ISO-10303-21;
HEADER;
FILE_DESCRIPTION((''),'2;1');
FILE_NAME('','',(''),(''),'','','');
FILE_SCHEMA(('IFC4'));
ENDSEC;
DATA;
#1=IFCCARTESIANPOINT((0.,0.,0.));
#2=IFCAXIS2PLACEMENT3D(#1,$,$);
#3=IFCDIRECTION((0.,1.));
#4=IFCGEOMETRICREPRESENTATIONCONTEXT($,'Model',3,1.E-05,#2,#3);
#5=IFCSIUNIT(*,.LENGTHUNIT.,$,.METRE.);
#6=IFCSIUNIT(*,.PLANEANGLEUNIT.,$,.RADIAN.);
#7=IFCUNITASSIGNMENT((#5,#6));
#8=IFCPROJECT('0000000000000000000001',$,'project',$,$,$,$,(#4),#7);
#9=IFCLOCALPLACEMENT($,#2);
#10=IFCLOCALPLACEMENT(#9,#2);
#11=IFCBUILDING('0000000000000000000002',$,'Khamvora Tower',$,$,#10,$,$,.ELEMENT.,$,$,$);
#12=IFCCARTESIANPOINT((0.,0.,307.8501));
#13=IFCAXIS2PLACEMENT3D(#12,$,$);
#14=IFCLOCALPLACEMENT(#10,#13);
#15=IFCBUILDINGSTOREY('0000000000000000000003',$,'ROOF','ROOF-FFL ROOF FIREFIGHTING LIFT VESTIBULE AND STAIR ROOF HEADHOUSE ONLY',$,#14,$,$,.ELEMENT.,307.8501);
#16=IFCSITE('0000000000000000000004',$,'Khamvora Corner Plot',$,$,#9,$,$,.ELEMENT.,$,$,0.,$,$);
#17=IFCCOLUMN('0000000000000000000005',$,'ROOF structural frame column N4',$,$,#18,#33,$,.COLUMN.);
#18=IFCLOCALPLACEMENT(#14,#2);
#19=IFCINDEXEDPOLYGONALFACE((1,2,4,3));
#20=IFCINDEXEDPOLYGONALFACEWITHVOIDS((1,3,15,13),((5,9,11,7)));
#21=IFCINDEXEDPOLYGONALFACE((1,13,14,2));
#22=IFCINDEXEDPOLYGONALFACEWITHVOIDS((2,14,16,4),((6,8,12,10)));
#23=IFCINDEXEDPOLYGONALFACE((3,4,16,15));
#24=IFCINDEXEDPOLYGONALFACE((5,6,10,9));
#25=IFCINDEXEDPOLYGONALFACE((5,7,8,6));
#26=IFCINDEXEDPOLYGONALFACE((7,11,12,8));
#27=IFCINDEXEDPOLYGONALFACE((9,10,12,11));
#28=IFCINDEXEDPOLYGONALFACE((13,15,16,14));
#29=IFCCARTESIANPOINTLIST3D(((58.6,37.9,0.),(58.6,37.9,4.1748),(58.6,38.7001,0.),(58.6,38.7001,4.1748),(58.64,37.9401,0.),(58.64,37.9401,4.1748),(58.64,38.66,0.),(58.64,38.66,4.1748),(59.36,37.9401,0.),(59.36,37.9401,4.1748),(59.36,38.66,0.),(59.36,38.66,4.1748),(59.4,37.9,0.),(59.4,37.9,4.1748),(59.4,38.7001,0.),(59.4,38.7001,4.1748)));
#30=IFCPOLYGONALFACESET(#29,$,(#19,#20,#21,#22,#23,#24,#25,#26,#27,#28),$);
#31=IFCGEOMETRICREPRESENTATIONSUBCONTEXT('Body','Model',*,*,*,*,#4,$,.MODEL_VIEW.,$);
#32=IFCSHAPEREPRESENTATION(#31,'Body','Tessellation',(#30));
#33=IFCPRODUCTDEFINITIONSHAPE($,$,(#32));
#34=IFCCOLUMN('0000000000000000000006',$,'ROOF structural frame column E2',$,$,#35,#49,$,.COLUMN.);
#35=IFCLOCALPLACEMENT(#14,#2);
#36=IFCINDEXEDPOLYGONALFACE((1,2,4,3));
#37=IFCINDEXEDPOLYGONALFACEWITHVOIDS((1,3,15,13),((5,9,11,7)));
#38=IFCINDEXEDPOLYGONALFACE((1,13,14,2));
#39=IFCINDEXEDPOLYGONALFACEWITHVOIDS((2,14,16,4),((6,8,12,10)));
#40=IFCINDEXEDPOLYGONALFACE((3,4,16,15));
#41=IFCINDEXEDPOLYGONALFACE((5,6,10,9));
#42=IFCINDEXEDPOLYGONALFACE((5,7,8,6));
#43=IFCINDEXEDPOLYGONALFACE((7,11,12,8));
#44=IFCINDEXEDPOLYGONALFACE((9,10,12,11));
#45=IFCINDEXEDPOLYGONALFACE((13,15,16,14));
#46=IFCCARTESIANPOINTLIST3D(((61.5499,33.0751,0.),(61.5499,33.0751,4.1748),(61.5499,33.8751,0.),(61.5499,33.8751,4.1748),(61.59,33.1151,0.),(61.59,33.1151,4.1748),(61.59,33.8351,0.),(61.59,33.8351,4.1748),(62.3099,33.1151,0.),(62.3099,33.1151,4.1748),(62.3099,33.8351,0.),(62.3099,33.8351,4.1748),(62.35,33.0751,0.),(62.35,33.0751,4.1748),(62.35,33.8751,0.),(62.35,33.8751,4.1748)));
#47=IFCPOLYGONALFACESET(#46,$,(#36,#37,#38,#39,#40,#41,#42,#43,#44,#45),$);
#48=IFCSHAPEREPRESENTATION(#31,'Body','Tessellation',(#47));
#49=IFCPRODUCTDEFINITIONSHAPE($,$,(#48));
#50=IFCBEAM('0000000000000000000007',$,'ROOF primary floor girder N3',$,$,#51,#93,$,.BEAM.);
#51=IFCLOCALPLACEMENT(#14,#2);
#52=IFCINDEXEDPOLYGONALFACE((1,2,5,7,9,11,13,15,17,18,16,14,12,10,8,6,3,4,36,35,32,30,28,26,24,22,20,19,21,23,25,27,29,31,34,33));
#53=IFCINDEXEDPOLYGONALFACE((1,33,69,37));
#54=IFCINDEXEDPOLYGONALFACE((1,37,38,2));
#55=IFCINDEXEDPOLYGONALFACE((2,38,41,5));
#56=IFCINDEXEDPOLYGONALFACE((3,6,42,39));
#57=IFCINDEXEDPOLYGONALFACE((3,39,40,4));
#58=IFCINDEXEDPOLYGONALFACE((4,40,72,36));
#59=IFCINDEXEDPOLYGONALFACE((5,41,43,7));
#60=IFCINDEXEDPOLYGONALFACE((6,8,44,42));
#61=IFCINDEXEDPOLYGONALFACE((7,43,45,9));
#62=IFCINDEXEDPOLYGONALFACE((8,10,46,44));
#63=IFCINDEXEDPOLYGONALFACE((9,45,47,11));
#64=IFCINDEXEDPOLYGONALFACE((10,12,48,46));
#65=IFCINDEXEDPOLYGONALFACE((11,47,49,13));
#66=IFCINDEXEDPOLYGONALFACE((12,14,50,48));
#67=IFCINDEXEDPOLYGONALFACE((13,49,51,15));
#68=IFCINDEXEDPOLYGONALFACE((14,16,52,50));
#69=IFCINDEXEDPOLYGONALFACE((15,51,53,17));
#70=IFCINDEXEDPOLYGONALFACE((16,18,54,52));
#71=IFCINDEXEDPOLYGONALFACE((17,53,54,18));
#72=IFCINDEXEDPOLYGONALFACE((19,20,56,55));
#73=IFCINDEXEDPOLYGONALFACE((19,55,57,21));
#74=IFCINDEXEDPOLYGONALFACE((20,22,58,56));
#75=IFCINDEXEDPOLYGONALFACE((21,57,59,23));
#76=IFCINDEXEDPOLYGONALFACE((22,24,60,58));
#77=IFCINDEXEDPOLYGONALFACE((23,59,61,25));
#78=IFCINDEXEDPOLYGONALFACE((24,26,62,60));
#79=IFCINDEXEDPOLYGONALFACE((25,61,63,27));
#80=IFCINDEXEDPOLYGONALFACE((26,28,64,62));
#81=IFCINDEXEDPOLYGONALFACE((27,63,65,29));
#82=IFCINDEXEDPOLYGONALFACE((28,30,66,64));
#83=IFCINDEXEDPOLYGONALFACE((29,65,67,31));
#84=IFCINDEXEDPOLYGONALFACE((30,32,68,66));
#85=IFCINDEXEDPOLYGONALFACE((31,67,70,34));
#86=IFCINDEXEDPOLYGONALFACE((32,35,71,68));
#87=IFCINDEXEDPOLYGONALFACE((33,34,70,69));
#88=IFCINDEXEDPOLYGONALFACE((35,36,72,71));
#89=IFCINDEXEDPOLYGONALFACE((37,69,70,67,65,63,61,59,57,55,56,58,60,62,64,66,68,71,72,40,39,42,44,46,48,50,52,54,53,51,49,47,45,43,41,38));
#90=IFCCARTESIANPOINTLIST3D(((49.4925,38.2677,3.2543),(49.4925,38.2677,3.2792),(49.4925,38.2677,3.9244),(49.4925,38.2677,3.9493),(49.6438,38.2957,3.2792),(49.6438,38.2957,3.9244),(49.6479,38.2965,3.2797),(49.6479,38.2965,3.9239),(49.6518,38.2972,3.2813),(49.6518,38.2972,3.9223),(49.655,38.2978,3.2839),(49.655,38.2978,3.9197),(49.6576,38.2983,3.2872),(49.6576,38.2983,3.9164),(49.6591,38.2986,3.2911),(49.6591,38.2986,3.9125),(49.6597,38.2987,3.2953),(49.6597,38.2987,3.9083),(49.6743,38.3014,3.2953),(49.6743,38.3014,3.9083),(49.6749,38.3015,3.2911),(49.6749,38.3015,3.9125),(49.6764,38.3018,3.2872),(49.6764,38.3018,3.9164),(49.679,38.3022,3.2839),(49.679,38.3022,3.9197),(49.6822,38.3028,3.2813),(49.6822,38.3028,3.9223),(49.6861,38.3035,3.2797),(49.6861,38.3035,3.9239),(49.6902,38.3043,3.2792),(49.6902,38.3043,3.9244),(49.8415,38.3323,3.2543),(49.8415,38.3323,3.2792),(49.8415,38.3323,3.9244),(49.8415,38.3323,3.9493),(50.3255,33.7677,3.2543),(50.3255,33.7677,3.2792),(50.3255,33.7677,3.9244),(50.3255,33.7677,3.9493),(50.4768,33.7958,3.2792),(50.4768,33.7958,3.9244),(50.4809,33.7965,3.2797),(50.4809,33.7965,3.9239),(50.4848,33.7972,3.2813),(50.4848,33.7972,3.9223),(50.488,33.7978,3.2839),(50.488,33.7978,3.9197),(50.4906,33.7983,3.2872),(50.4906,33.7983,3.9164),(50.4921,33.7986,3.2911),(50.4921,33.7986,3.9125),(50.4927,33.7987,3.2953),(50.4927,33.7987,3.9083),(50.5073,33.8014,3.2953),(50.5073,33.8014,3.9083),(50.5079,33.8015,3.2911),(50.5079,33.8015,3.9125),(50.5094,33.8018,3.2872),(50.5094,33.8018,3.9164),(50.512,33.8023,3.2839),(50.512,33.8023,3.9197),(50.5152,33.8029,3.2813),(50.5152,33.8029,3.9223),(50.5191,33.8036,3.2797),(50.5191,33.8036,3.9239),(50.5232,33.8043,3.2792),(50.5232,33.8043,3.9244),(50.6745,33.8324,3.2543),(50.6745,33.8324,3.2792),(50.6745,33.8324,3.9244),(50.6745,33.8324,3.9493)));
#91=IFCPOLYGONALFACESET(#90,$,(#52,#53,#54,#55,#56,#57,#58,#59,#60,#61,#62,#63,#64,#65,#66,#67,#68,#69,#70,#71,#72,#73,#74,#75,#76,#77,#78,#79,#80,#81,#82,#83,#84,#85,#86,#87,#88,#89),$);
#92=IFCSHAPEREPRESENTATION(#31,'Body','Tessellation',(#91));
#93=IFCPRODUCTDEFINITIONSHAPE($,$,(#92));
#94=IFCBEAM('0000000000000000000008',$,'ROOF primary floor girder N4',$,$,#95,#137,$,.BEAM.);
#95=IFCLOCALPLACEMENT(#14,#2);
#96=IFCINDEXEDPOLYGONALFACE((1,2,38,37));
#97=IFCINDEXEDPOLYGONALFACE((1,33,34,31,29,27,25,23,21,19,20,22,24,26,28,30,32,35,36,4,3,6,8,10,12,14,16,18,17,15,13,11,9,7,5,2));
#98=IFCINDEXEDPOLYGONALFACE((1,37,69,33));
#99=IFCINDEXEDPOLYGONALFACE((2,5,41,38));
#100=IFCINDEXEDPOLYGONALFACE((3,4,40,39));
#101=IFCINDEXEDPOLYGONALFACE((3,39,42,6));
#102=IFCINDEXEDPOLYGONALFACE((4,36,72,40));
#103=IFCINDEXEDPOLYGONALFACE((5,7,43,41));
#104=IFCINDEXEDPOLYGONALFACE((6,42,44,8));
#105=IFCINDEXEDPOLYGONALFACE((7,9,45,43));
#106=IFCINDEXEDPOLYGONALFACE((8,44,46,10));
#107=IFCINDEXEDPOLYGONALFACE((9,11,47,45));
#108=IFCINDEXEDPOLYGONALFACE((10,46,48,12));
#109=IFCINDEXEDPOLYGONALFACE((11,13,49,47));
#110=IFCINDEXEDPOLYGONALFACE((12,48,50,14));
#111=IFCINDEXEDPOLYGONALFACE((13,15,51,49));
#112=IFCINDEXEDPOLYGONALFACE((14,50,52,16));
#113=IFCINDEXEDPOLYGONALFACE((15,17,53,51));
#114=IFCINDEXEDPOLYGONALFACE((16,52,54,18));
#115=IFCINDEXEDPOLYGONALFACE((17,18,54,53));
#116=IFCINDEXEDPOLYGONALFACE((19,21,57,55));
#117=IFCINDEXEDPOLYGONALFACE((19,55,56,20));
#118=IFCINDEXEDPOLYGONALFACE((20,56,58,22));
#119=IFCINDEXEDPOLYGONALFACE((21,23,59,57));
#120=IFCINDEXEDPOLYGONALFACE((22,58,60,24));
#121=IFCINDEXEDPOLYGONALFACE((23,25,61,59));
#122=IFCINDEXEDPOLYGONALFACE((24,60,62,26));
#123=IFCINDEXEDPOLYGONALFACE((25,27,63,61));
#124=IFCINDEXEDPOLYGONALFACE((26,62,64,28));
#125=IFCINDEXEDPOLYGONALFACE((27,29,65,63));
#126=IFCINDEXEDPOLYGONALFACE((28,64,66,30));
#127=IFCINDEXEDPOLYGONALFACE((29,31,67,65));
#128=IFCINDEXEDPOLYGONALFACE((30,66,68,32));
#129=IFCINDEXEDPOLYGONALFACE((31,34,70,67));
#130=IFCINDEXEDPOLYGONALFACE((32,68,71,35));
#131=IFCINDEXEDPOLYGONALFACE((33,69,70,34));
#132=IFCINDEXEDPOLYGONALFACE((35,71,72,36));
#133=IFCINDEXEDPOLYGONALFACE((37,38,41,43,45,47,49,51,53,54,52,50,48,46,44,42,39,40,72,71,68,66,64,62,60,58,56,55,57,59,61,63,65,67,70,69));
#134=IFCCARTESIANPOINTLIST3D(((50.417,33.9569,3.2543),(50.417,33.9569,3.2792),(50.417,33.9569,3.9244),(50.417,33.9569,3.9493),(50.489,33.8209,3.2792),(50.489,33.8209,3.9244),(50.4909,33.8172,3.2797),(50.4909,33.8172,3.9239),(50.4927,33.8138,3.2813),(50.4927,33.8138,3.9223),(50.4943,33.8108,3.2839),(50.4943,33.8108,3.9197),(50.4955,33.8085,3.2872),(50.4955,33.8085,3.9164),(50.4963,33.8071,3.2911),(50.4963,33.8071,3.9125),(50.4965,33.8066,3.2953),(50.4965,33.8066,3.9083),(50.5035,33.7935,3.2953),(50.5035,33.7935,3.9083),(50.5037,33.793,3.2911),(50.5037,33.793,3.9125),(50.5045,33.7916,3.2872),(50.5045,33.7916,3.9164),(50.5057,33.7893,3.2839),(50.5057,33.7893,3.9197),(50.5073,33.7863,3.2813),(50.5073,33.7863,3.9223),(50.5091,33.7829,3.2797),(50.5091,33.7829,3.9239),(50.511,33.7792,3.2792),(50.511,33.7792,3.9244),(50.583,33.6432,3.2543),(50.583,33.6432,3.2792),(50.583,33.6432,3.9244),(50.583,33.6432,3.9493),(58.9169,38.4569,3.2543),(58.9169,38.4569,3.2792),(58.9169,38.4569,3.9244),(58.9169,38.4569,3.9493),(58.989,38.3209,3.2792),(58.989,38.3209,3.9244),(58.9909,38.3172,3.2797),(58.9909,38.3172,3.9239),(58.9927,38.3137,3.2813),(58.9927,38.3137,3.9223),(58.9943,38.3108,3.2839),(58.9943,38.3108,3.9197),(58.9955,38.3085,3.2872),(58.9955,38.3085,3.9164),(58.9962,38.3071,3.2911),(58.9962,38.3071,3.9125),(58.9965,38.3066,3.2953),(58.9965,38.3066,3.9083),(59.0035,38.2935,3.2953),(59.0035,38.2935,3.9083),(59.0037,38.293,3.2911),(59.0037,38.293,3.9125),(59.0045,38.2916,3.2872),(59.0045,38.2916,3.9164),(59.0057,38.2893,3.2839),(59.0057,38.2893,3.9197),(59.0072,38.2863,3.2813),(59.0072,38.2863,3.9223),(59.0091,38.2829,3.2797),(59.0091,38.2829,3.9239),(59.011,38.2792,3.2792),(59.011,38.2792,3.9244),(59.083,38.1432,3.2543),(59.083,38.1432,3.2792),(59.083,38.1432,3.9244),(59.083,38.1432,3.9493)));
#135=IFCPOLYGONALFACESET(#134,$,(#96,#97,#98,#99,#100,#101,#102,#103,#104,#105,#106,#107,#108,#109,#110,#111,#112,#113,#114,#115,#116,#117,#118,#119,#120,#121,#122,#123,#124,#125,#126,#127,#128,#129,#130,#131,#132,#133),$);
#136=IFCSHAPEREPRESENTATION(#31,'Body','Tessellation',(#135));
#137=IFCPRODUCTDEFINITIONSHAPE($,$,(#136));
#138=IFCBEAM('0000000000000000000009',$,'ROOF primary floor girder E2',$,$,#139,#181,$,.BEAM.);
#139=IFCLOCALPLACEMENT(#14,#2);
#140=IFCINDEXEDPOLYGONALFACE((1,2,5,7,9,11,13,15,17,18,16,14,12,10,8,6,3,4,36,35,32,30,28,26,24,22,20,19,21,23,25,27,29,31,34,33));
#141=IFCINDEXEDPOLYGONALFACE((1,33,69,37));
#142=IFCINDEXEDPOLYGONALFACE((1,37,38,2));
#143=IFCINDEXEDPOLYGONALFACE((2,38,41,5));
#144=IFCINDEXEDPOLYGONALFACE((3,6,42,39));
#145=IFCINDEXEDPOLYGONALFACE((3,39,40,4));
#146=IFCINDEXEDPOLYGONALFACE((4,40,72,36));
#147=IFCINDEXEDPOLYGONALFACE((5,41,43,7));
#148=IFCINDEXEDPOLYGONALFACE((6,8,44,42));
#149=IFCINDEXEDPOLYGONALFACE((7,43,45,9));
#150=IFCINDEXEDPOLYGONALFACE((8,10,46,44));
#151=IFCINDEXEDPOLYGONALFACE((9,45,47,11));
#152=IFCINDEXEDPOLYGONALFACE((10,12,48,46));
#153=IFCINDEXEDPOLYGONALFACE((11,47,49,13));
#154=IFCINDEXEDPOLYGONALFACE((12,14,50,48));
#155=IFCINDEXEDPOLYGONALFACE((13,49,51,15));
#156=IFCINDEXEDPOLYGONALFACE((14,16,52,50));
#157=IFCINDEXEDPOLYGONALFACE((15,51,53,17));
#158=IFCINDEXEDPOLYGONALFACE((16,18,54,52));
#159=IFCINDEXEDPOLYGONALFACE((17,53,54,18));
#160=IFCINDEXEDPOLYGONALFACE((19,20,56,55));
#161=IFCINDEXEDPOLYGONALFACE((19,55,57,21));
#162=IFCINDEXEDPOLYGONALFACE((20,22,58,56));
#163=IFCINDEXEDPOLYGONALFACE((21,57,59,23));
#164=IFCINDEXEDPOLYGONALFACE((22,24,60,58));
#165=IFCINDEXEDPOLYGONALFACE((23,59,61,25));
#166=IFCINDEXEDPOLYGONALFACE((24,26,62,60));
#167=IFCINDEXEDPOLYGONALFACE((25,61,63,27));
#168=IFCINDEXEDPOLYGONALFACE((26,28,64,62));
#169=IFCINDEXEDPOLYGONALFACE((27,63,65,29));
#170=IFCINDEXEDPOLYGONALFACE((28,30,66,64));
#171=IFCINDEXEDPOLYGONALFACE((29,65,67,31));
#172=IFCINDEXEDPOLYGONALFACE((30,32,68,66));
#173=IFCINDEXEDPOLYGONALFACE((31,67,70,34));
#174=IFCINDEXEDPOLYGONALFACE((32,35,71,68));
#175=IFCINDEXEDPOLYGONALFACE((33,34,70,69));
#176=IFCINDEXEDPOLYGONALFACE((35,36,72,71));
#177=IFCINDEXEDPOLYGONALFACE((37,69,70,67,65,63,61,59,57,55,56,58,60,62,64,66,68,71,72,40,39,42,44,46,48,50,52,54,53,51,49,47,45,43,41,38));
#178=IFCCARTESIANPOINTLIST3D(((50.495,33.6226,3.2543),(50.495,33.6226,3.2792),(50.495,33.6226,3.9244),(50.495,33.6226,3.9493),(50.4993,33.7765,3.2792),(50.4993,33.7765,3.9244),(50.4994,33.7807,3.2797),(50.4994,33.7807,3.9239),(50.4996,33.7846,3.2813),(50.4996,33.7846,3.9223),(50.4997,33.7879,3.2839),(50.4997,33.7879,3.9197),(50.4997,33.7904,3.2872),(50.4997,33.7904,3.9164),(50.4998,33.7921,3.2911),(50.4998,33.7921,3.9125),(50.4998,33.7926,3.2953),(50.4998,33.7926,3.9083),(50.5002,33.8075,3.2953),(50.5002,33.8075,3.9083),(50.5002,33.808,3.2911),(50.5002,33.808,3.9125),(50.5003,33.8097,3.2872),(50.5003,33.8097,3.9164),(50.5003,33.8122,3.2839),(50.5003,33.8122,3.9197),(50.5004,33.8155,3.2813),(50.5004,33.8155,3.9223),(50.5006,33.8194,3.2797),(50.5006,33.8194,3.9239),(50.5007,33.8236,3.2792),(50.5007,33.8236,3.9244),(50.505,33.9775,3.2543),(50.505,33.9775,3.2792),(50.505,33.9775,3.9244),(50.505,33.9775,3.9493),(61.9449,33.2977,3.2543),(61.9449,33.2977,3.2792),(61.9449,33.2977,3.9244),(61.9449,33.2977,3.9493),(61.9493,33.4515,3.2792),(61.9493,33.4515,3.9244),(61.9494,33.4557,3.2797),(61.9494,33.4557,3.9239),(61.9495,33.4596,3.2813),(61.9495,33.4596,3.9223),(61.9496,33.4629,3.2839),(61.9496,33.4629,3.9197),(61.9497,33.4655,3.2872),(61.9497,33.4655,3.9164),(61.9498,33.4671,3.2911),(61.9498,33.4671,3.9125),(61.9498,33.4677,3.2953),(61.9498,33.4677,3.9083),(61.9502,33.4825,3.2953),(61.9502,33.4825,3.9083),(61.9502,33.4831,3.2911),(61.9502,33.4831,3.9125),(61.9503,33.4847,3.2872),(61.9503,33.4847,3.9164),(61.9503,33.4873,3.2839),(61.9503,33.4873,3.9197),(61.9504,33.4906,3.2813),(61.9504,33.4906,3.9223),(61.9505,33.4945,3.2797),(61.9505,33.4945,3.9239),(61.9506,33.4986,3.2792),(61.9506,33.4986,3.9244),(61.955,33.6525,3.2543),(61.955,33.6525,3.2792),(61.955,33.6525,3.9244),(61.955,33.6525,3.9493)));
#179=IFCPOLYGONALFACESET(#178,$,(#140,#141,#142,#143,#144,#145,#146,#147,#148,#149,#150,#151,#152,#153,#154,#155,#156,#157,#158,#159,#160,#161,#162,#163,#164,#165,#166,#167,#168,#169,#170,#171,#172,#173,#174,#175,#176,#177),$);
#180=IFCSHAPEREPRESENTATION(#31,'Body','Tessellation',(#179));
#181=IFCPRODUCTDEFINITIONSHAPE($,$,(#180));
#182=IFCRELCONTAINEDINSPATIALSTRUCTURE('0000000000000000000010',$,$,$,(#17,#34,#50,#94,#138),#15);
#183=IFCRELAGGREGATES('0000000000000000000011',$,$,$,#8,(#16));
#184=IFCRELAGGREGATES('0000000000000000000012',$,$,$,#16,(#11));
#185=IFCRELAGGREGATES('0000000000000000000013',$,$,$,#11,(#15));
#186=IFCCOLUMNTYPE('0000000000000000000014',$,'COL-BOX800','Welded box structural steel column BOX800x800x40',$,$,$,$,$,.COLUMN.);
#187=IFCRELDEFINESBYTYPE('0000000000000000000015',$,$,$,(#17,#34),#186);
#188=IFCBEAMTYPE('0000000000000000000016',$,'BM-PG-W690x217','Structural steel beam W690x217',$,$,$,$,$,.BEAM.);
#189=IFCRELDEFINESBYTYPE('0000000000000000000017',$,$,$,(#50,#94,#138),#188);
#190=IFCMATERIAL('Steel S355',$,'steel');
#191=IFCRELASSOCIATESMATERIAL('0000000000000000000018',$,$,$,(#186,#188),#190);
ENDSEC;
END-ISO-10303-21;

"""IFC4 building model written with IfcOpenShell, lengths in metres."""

from ifc_helpers import new_model, si_unit, direction, frame, origin, origin_2d, place, context, subcontext, project, spatial, hollow_rectangle, i_section, extrude, material, material_profile, profile_set, type_object, element, save


model = new_model("IFC4")

# Units and contexts
model_context = context("Model", 3, precision=1e-05, world=origin(), true_north=direction((0.0, 1.0)))
body_context = subcontext(model_context, "Body", "Model", "MODEL_VIEW")
ifc_project = project(units=[si_unit("LENGTHUNIT", "METRE"), si_unit("PLANEANGLEUNIT", "RADIAN")], contexts=[model_context])

# Site, building, storey
site_placement = place(None, origin())
site = spatial("IfcSite", under=ifc_project, at=site_placement, Name="Khamvora Corner Plot", CompositionType="ELEMENT", RefElevation=0.0)
building_placement = place(site_placement, origin())
building = spatial("IfcBuilding", under=site, at=building_placement, Name="Khamvora Tower", CompositionType="ELEMENT")
storey_placement = place(building_placement, frame((0.0, 0.0, 307.8501)))
storey = spatial("IfcBuildingStorey", under=building, at=storey_placement, Name="ROOF", Description="ROOF-FFL ROOF FIREFIGHTING LIFT VESTIBULE AND STAIR ROOF HEADHOUSE ONLY", CompositionType="ELEMENT", Elevation=307.8501)

# Columns
ifc_material_1 = material(Name="Steel S355", Category="steel")
ifc_material_profile_1 = material_profile(ifc_material_1, hollow_rectangle(XDim=0.8, YDim=0.8, WallThickness=0.04, at=origin_2d()), Name="BOX800x800x40")
ifc_profile_set_1 = profile_set([ifc_material_profile_1], Name="Steel S355")
column_type = type_object("IfcColumnType", Name="COL-BOX800", Description="Welded box structural steel column BOX800x800x40", PredefinedType="COLUMN", material=ifc_profile_set_1)
for number, where, z_axis, x_axis, name in (
    (1, (59.0, 38.3, 0.0), (0.0, 0.0, 1.0), (1.0, 0.0, 0.0), "ROOF structural frame column N4"),
    (2, (61.95, 33.4751, 0.0), (0.0, 0.0, 1.0), (1.0, 0.0, 0.0), "ROOF structural frame column E2"),
):
    element("IfcColumn", number, at=place(storey_placement, frame(where, z_axis=z_axis, x_axis=x_axis)), inside=storey, type_object=column_type, Name=name, PredefinedType="COLUMN", context=body_context, shape_type="SweptSolid", body=[
        extrude(hollow_rectangle(XDim=0.8, YDim=0.8, WallThickness=0.04, at=origin_2d()), origin(), (0.0, 0.0, 1.0), 4.1748),
    ])

# Beams
ifc_material_profile_2 = material_profile(ifc_material_1, i_section(OverallWidth=0.355, OverallDepth=0.6951, WebThickness=0.0149, FlangeThickness=0.0249, FilletRadius=0.0161, at=origin_2d()), Name="W690x217")
ifc_profile_set_2 = profile_set([ifc_material_profile_2], Name="Steel S355")
beam_type_1 = type_object("IfcBeamType", Name="BM-PG-W690x217", Description="Structural steel beam W690x217", PredefinedType="BEAM", material=ifc_profile_set_2)
beam_1_placement = place(storey_placement, frame((50.5, 33.8, 3.6018), z_axis=(-0.18202, 0.983295, 0.0), x_axis=(-0.983295, -0.18202, 0.0)))
element("IfcBeam", 3, at=beam_1_placement, inside=storey, type_object=beam_type_1, Name="ROOF primary floor girder N3", PredefinedType="BEAM", context=body_context, shape_type="SweptSolid", body=[
    extrude(i_section(OverallWidth=0.355, OverallDepth=0.6951, WebThickness=0.0149, FlangeThickness=0.0249, FilletRadius=0.0161, at=origin_2d()), origin(), (0.0, 0.0, 1.0), 4.5764),
])
beam_2_placement = place(storey_placement, frame((50.5, 33.8, 3.6018), z_axis=(0.883788, 0.467888, 0.0), x_axis=(-0.467888, 0.883788, 0.0)))
element("IfcBeam", 4, at=beam_2_placement, inside=storey, type_object=beam_type_1, Name="ROOF primary floor girder N4", PredefinedType="BEAM", context=body_context, shape_type="SweptSolid", body=[
    extrude(i_section(OverallWidth=0.355, OverallDepth=0.6951, WebThickness=0.0149, FlangeThickness=0.0249, FilletRadius=0.0161, at=origin_2d()), origin(), (0.0, 0.0, 1.0), 9.6177),
])
beam_3_placement = place(storey_placement, frame((50.5, 33.8, 3.6018), z_axis=(0.999598, -0.028369, 0.0), x_axis=(0.028369, 0.999598, 0.0)))
element("IfcBeam", 5, at=beam_3_placement, inside=storey, type_object=beam_type_1, Name="ROOF primary floor girder E2", PredefinedType="BEAM", context=body_context, shape_type="SweptSolid", body=[
    extrude(i_section(OverallWidth=0.355, OverallDepth=0.6951, WebThickness=0.0149, FlangeThickness=0.0249, FilletRadius=0.0161, at=origin_2d()), origin(), (0.0, 0.0, 1.0), 11.4546),
])

save(model, "model.ifc")
